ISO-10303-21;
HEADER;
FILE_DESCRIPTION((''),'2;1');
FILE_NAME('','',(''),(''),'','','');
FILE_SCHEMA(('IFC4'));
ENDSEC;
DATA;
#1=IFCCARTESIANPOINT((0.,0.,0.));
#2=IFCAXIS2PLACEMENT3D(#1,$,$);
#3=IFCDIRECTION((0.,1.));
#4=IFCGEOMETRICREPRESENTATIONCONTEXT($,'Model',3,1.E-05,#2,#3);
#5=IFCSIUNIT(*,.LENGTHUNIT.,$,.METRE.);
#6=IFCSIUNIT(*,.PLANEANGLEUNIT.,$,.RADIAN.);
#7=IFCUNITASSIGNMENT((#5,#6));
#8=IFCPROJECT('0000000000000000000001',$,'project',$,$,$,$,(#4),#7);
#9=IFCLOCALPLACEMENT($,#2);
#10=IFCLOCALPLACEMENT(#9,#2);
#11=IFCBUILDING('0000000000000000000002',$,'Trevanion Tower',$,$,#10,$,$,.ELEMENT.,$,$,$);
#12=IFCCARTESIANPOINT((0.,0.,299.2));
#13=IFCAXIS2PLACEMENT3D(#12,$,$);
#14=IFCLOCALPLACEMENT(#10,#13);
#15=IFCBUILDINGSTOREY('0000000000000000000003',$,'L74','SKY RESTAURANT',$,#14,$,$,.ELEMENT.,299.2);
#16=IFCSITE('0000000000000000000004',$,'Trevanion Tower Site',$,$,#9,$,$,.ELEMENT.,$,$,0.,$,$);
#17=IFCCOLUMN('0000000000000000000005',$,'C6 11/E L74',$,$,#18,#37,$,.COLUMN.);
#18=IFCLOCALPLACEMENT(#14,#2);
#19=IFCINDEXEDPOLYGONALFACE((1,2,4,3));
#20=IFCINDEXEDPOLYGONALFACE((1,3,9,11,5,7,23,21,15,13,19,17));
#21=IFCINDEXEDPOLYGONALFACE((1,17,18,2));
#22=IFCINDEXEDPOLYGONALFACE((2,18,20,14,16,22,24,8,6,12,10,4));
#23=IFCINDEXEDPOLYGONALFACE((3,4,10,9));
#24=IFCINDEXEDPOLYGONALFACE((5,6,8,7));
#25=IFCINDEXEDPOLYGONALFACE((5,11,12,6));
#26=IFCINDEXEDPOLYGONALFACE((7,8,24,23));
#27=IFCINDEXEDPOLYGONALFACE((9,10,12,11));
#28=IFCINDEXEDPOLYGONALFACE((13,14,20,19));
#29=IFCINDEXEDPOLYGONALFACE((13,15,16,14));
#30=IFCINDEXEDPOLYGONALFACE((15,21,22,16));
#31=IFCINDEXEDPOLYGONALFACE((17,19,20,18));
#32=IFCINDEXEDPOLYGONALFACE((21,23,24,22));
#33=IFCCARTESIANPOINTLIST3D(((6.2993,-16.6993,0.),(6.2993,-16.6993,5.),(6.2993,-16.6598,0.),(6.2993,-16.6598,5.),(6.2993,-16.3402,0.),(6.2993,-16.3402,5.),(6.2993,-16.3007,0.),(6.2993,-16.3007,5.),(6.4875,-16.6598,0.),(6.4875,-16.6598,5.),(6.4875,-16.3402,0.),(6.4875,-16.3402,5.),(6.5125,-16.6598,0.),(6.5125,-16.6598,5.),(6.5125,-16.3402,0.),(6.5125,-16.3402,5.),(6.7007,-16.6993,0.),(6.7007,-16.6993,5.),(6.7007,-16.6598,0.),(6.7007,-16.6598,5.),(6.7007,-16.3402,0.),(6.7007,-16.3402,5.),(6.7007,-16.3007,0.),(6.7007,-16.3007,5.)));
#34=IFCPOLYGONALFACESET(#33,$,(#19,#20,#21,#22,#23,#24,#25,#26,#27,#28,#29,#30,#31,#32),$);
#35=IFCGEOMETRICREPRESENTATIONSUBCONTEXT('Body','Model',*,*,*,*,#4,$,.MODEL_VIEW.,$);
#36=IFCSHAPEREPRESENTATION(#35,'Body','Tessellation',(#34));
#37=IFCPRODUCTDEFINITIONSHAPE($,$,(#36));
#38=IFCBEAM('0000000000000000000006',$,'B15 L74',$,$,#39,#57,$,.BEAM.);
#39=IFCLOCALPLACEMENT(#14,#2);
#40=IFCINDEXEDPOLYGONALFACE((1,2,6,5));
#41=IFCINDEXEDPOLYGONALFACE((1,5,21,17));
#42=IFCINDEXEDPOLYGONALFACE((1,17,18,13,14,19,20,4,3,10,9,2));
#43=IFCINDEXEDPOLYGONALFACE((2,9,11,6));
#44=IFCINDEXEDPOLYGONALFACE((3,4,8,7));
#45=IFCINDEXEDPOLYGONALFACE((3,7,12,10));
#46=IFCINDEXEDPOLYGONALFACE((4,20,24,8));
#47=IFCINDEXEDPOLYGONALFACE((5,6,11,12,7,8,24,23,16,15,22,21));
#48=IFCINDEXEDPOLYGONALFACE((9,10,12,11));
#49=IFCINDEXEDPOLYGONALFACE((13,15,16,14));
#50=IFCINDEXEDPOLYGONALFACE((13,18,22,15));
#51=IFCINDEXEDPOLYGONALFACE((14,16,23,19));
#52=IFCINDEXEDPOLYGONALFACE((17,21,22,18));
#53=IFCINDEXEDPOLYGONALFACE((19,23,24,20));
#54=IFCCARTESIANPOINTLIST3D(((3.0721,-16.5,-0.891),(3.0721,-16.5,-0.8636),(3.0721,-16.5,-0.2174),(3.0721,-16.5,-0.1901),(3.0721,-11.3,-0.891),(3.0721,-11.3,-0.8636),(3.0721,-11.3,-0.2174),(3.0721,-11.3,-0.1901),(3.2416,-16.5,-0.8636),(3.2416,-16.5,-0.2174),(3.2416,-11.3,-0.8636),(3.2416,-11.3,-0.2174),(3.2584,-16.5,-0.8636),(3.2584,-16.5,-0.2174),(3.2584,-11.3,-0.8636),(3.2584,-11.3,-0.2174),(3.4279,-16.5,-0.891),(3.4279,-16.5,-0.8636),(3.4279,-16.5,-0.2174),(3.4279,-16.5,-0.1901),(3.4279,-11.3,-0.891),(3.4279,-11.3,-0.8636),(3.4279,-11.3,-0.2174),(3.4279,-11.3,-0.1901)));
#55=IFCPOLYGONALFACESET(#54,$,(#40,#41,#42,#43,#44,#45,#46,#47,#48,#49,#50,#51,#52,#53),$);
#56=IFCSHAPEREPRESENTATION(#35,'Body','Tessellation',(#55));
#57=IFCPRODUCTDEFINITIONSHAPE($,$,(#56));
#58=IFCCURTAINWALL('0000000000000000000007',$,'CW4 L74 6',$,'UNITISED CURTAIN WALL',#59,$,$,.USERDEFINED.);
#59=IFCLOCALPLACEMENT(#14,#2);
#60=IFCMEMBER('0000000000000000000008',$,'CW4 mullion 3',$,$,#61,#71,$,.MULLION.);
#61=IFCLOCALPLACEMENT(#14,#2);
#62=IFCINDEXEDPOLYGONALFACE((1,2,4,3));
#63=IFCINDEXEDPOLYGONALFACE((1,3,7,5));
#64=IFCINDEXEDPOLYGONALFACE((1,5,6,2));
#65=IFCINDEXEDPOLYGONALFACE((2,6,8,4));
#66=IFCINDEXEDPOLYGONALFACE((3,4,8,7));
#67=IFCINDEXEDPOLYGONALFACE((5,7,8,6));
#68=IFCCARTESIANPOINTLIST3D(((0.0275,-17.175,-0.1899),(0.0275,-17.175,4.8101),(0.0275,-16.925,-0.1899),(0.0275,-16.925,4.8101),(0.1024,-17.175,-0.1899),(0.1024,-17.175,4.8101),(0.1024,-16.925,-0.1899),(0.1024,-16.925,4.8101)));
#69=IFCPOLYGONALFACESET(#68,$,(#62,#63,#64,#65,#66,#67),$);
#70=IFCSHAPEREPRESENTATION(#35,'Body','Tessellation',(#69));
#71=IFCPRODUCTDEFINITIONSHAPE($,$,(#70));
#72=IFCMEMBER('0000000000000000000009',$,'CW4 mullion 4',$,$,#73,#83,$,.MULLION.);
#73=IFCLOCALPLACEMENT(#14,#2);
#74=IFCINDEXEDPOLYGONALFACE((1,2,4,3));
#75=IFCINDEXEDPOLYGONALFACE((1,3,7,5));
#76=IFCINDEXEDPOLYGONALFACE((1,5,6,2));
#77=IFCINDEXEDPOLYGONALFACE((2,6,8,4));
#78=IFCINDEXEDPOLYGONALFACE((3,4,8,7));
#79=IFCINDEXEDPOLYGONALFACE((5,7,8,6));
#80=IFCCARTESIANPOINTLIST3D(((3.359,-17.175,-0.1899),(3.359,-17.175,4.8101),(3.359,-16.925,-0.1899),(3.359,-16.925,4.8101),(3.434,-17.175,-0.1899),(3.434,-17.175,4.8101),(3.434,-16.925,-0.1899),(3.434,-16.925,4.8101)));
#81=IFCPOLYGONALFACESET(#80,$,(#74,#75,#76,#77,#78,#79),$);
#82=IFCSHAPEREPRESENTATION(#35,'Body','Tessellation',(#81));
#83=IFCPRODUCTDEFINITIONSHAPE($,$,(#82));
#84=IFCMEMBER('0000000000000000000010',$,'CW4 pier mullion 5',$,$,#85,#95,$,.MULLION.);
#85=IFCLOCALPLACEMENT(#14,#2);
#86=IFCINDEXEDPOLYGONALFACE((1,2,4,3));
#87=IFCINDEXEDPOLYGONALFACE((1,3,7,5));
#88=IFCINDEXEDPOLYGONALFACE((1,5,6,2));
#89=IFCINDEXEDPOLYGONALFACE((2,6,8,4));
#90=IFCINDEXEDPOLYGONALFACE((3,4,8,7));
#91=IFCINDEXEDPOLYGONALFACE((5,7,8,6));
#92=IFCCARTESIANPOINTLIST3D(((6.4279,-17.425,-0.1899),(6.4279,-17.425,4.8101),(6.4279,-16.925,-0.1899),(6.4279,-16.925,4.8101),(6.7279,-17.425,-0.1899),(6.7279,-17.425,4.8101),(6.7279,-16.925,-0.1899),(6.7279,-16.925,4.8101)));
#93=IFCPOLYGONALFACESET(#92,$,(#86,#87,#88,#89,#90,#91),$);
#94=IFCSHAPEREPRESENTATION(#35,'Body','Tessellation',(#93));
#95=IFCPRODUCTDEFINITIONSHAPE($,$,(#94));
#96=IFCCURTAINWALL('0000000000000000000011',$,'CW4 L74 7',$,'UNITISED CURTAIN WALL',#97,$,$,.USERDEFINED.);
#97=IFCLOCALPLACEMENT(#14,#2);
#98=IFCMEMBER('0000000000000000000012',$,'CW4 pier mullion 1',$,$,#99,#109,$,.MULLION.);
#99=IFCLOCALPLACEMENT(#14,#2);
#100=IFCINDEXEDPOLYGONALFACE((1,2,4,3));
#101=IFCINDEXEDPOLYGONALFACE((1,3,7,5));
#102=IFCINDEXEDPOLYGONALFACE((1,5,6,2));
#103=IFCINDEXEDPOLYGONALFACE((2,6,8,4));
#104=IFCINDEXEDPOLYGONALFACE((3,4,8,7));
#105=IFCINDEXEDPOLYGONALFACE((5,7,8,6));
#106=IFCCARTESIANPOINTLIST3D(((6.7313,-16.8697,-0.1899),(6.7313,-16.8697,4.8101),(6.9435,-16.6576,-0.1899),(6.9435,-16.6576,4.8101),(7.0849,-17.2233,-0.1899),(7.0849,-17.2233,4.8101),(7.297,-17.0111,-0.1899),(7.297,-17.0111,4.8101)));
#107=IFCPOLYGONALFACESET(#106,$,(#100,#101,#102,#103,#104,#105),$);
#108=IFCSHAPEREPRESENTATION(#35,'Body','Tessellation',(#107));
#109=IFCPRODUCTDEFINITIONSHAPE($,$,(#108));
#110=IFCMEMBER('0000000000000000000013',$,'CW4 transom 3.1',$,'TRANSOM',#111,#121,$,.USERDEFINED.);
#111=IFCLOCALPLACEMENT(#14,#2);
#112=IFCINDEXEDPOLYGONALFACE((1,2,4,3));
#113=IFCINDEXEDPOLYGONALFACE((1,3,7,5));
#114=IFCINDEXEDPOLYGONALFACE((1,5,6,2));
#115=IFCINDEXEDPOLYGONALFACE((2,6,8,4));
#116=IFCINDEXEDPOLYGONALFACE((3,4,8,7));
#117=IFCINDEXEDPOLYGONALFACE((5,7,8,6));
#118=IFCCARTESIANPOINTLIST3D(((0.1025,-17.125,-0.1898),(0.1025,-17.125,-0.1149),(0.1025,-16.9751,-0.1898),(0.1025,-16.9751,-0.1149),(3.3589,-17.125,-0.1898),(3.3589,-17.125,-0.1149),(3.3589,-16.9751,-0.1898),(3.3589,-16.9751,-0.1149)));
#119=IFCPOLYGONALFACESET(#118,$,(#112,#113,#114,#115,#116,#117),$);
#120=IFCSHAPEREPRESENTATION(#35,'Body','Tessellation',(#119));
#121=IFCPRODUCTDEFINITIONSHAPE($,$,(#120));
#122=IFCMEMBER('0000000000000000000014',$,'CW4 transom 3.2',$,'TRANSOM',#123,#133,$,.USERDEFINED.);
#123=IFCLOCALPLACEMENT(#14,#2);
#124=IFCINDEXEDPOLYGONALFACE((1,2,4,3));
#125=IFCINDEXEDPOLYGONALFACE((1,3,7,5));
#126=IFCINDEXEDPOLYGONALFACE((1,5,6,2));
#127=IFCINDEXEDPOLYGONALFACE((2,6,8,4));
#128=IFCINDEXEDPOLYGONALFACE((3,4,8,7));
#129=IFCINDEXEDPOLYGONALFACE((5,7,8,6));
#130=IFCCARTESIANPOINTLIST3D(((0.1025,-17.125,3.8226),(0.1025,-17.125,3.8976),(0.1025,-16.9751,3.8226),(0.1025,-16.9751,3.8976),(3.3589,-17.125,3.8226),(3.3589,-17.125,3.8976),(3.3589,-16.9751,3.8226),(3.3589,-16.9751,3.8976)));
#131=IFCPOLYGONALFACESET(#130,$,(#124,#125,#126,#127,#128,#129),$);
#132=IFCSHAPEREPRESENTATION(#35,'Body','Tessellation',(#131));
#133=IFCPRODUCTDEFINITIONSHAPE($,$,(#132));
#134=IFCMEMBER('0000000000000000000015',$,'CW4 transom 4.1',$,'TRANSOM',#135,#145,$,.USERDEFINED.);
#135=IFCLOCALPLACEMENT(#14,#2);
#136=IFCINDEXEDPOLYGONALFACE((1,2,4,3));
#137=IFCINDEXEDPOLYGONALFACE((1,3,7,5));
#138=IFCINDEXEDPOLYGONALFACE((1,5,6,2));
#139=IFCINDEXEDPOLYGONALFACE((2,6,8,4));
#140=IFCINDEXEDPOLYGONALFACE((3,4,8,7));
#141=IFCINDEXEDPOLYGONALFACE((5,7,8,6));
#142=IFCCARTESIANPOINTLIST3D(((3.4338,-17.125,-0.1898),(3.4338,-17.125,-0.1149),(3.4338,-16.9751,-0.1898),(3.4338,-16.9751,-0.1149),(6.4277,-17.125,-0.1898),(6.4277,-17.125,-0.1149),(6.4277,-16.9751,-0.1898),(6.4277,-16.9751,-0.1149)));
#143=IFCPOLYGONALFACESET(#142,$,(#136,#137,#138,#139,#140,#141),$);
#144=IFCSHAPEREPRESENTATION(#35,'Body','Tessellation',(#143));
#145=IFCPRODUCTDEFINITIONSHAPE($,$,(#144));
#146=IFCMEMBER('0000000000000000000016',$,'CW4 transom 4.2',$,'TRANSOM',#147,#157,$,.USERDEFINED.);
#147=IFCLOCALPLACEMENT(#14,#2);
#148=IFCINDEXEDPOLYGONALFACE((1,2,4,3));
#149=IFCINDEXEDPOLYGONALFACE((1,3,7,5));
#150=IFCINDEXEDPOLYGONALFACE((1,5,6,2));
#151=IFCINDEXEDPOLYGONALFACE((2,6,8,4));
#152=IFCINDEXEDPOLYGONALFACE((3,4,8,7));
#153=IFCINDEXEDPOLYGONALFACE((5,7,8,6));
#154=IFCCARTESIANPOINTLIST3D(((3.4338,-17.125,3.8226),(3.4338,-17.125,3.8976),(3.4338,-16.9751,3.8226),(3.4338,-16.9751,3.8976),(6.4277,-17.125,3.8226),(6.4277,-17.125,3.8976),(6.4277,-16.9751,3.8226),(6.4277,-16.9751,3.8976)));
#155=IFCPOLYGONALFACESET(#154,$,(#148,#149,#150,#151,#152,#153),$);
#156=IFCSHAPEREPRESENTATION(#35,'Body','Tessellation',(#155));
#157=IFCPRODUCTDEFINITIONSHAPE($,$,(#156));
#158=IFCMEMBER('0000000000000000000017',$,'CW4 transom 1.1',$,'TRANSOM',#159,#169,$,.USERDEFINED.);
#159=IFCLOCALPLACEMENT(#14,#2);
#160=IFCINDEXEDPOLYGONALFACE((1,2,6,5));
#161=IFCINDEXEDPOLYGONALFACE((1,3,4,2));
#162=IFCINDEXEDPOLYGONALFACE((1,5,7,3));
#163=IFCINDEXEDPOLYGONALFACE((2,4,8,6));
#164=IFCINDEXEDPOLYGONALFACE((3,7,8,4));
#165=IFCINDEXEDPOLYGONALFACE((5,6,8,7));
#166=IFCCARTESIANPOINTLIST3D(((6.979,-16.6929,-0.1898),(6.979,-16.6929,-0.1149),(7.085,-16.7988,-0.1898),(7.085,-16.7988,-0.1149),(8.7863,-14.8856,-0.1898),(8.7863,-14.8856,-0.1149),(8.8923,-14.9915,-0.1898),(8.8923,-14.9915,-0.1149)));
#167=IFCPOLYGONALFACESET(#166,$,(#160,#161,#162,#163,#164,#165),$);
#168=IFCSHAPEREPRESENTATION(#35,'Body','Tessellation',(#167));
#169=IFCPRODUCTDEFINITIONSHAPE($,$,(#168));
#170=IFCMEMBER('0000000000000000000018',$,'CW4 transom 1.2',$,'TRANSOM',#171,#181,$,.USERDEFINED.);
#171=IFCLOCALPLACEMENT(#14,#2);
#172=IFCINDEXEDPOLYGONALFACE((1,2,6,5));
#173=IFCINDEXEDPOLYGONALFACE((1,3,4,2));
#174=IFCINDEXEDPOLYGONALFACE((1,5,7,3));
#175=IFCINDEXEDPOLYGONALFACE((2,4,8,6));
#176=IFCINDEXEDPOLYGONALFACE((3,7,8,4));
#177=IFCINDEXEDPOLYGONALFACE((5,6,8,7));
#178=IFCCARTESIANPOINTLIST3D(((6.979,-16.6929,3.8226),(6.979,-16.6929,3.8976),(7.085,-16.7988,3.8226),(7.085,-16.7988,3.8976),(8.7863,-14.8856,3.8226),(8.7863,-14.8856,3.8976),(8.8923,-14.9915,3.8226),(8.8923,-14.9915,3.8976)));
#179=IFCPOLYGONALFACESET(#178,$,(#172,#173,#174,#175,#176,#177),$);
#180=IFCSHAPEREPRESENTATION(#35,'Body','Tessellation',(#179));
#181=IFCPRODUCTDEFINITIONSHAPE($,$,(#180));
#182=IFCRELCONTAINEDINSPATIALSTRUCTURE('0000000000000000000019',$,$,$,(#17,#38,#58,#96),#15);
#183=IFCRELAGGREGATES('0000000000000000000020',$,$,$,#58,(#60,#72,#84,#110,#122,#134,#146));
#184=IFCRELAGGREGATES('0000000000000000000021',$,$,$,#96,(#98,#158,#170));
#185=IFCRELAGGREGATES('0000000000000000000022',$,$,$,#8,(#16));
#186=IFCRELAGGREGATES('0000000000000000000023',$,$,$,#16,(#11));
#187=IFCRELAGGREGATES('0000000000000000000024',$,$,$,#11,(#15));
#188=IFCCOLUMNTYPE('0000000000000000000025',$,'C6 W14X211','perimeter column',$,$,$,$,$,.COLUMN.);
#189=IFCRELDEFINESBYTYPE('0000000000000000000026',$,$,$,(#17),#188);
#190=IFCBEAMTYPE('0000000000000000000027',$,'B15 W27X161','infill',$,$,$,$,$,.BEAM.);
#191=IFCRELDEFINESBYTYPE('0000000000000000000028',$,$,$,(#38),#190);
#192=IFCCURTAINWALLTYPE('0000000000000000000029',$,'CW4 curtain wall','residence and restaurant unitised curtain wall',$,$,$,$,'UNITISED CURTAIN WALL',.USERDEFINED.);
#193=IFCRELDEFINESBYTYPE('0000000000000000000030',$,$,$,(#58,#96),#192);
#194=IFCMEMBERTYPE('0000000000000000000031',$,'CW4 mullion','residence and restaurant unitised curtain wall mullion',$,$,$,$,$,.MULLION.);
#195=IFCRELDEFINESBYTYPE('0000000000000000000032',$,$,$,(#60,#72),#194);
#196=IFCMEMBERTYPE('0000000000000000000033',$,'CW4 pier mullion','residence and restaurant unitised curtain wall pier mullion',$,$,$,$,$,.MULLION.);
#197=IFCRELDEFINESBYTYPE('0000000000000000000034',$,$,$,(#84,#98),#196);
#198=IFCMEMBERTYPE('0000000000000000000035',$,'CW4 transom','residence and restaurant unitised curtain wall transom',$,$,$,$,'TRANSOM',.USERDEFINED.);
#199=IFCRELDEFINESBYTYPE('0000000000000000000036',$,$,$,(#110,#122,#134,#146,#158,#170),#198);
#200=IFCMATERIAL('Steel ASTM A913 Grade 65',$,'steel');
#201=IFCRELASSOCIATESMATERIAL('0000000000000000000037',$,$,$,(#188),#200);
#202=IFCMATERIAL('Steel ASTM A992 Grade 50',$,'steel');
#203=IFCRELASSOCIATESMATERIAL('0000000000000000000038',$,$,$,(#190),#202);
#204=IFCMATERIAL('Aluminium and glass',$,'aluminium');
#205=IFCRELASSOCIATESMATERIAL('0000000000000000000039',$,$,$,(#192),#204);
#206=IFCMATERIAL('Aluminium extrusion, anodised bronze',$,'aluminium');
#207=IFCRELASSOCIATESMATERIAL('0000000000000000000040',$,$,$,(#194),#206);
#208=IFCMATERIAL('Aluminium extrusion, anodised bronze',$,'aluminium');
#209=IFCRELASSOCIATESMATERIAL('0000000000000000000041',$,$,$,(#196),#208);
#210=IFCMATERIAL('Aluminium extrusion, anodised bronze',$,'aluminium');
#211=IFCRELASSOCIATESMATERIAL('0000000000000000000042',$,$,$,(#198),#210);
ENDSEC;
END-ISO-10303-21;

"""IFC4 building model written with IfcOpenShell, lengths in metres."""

from ifc_helpers import new_model, si_unit, direction, frame, origin, origin_2d, place, context, subcontext, project, spatial, rectangle, i_section, extrude, material, material_profile, profile_set, type_object, element, aggregate, save


model = new_model("IFC4")

# Units and contexts
model_context = context("Model", 3, precision=1e-05, world=origin(), true_north=direction((0.0, 1.0)))
body_context = subcontext(model_context, "Body", "Model", "MODEL_VIEW")
ifc_project = project(units=[si_unit("LENGTHUNIT", "METRE"), si_unit("PLANEANGLEUNIT", "RADIAN")], contexts=[model_context])

# Site, building, storey
site_placement = place(None, origin())
site = spatial("IfcSite", under=ifc_project, at=site_placement, Name="Trevanion Tower Site", CompositionType="ELEMENT", RefElevation=0.0)
building_placement = place(site_placement, origin())
building = spatial("IfcBuilding", under=site, at=building_placement, Name="Trevanion Tower", CompositionType="ELEMENT")
storey_placement = place(building_placement, frame((0.0, 0.0, 299.2)))
storey = spatial("IfcBuildingStorey", under=building, at=storey_placement, Name="L74", Description="SKY RESTAURANT", CompositionType="ELEMENT", Elevation=299.2)

# Column
ifc_material_1 = material(Name="Steel ASTM A913 Grade 65", Category="steel")
ifc_material_profile_1 = material_profile(ifc_material_1, i_section(OverallWidth=0.4014, OverallDepth=0.3987, WebThickness=0.0249, FlangeThickness=0.0396, at=origin_2d()), Name="W14X211")
ifc_profile_set_1 = profile_set([ifc_material_profile_1], Name="Steel ASTM A913 Grade 65")
column_type = type_object("IfcColumnType", Name="C6 W14X211", Description="perimeter column", PredefinedType="COLUMN", material=ifc_profile_set_1)
column_placement = place(storey_placement, frame((6.5, -16.5, 0.0), z_axis=(0.0, 0.0, 1.0), x_axis=(1.0, 0.0, 0.0)))
element("IfcColumn", 1, at=column_placement, inside=storey, type_object=column_type, Name="C6 11/E L74", PredefinedType="COLUMN", context=body_context, shape_type="SweptSolid", body=[
    extrude(i_section(OverallWidth=0.4014, OverallDepth=0.3987, WebThickness=0.0249, FlangeThickness=0.0396, at=origin_2d()), origin(), (0.0, 0.0, 1.0), 5.0),
])

# Beam
ifc_material_2 = material(Name="Steel ASTM A992 Grade 50", Category="steel")
ifc_material_profile_2 = material_profile(ifc_material_2, i_section(OverallWidth=0.3557, OverallDepth=0.7009, WebThickness=0.0168, FlangeThickness=0.0273, at=origin_2d()), Name="W27X161")
ifc_profile_set_2 = profile_set([ifc_material_profile_2], Name="Steel ASTM A992 Grade 50")
beam_type_1 = type_object("IfcBeamType", Name="B15 W27X161", Description="infill", PredefinedType="BEAM", material=ifc_profile_set_2)
beam_1_placement = place(storey_placement, frame((3.25, -11.3, -0.5405), z_axis=(0.0, -1.0, 0.0), x_axis=(1.0, 0.0, 0.0)))
element("IfcBeam", 2, at=beam_1_placement, inside=storey, type_object=beam_type_1, Name="B15 L74", PredefinedType="BEAM", context=body_context, shape_type="SweptSolid", body=[
    extrude(i_section(OverallWidth=0.3557, OverallDepth=0.7009, WebThickness=0.0168, FlangeThickness=0.0273, at=origin_2d()), origin(), (0.0, 0.0, 1.0), 5.2),
])

# Curtain wall, members
ifc_material_3 = material(Name="Aluminium and glass", Category="aluminium")
curtain_wall_type = type_object("IfcCurtainWallType", Name="CW4 curtain wall", Description="residence and restaurant unitised curtain wall", ElementType="UNITISED CURTAIN WALL", PredefinedType="USERDEFINED", material=ifc_material_3)
curtain_wall_1_placement = place(storey_placement, origin())
curtain_wall_1 = element("IfcCurtainWall", 3, at=curtain_wall_1_placement, inside=storey, type_object=curtain_wall_type, Name="CW4 L74 6", ObjectType="UNITISED CURTAIN WALL", PredefinedType="USERDEFINED")
ifc_material_4 = material(Name="Aluminium extrusion, anodised bronze", Category="aluminium")
ifc_material_profile_3 = material_profile(ifc_material_4, rectangle(XDim=0.075, YDim=0.25, at=origin_2d()), Name="CW4 mullion")
ifc_profile_set_3 = profile_set([ifc_material_profile_3], Name="Aluminium extrusion, anodised bronze")
member_type_1 = type_object("IfcMemberType", Name="CW4 mullion", Description="residence and restaurant unitised curtain wall mullion", PredefinedType="MULLION", material=ifc_profile_set_3)
member_1_placement = place(storey_placement, frame((0.0649, -17.05, -0.1899), z_axis=(0.0, 0.0, 1.0), x_axis=(1.0, 0.0, 0.0)))
member_1 = element("IfcMember", 4, at=member_1_placement, type_object=member_type_1, Name="CW4 mullion 3", PredefinedType="MULLION", context=body_context, shape_type="SweptSolid", body=[
    extrude(rectangle(XDim=0.075, YDim=0.25, at=origin_2d()), origin(), (0.0, 0.0, 1.0), 5.0),
])
member_2_placement = place(storey_placement, frame((3.3965, -17.05, -0.1899), z_axis=(0.0, 0.0, 1.0), x_axis=(1.0, 0.0, 0.0)))
member_2 = element("IfcMember", 5, at=member_2_placement, type_object=member_type_1, Name="CW4 mullion 4", PredefinedType="MULLION", context=body_context, shape_type="SweptSolid", body=[
    extrude(rectangle(XDim=0.075, YDim=0.25, at=origin_2d()), origin(), (0.0, 0.0, 1.0), 5.0),
])
ifc_material_5 = material(Name="Aluminium extrusion, anodised bronze", Category="aluminium")
ifc_material_profile_4 = material_profile(ifc_material_5, rectangle(XDim=0.3, YDim=0.5, at=origin_2d()), Name="CW4 pier mullion")
ifc_profile_set_4 = profile_set([ifc_material_profile_4], Name="Aluminium extrusion, anodised bronze")
member_type_2 = type_object("IfcMemberType", Name="CW4 pier mullion", Description="residence and restaurant unitised curtain wall pier mullion", PredefinedType="MULLION", material=ifc_profile_set_4)
member_3_placement = place(storey_placement, frame((6.5779, -17.175, -0.1899), z_axis=(0.0, 0.0, 1.0), x_axis=(1.0, 0.0, 0.0)))
member_3 = element("IfcMember", 6, at=member_3_placement, type_object=member_type_2, Name="CW4 pier mullion 5", PredefinedType="MULLION", context=body_context, shape_type="SweptSolid", body=[
    extrude(rectangle(XDim=0.3, YDim=0.5, at=origin_2d()), origin(), (0.0, 0.0, 1.0), 5.0),
])

# Curtain wall, member
curtain_wall_2_placement = place(storey_placement, origin())
curtain_wall_2 = element("IfcCurtainWall", 7, at=curtain_wall_2_placement, inside=storey, type_object=curtain_wall_type, Name="CW4 L74 7", ObjectType="UNITISED CURTAIN WALL", PredefinedType="USERDEFINED")
member_4_placement = place(storey_placement, frame((7.0142, -16.9404, -0.1899), z_axis=(0.0, 0.0, 1.0), x_axis=(0.707107, 0.707107, 0.0)))
member_4 = element("IfcMember", 8, at=member_4_placement, type_object=member_type_2, Name="CW4 pier mullion 1", PredefinedType="MULLION", context=body_context, shape_type="SweptSolid", body=[
    extrude(rectangle(XDim=0.3, YDim=0.5, at=origin_2d()), origin(), (0.0, 0.0, 1.0), 5.0),
])

# Members
ifc_material_6 = material(Name="Aluminium extrusion, anodised bronze", Category="aluminium")
ifc_material_profile_5 = material_profile(ifc_material_6, rectangle(XDim=0.1499, YDim=0.075, at=origin_2d()), Name="CW4 transom")
ifc_profile_set_5 = profile_set([ifc_material_profile_5], Name="Aluminium extrusion, anodised bronze")
member_type_3 = type_object("IfcMemberType", Name="CW4 transom", Description="residence and restaurant unitised curtain wall transom", ElementType="TRANSOM", PredefinedType="USERDEFINED", material=ifc_profile_set_5)
member_5_placement = place(storey_placement, frame((0.1025, -17.05, -0.1523), z_axis=(1.0, 0.0, 0.0), x_axis=(0.0, 1.0, 0.0)))
member_5 = element("IfcMember", 9, at=member_5_placement, type_object=member_type_3, Name="CW4 transom 3.1", ObjectType="TRANSOM", PredefinedType="USERDEFINED", context=body_context, shape_type="SweptSolid", body=[
    extrude(rectangle(XDim=0.1499, YDim=0.075, at=origin_2d()), origin(), (0.0, 0.0, 1.0), 3.2563),
])
member_6_placement = place(storey_placement, frame((0.1025, -17.05, 3.8601), z_axis=(1.0, 0.0, 0.0), x_axis=(0.0, 1.0, 0.0)))
member_6 = element("IfcMember", 10, at=member_6_placement, type_object=member_type_3, Name="CW4 transom 3.2", ObjectType="TRANSOM", PredefinedType="USERDEFINED", context=body_context, shape_type="SweptSolid", body=[
    extrude(rectangle(XDim=0.1499, YDim=0.075, at=origin_2d()), origin(), (0.0, 0.0, 1.0), 3.2563),
])
member_7_placement = place(storey_placement, frame((3.4338, -17.05, -0.1523), z_axis=(1.0, 0.0, 0.0), x_axis=(0.0, 1.0, 0.0)))
member_7 = element("IfcMember", 11, at=member_7_placement, type_object=member_type_3, Name="CW4 transom 4.1", ObjectType="TRANSOM", PredefinedType="USERDEFINED", context=body_context, shape_type="SweptSolid", body=[
    extrude(rectangle(XDim=0.1499, YDim=0.075, at=origin_2d()), origin(), (0.0, 0.0, 1.0), 2.9939),
])
member_8_placement = place(storey_placement, frame((3.4338, -17.05, 3.8601), z_axis=(1.0, 0.0, 0.0), x_axis=(0.0, 1.0, 0.0)))
member_8 = element("IfcMember", 12, at=member_8_placement, type_object=member_type_3, Name="CW4 transom 4.2", ObjectType="TRANSOM", PredefinedType="USERDEFINED", context=body_context, shape_type="SweptSolid", body=[
    extrude(rectangle(XDim=0.1499, YDim=0.075, at=origin_2d()), origin(), (0.0, 0.0, 1.0), 2.9939),
])
member_9_placement = place(storey_placement, frame((7.032, -16.7458, -0.1523), z_axis=(0.707107, 0.707107, 0.0), x_axis=(-0.707107, 0.707107, 0.0)))
member_9 = element("IfcMember", 13, at=member_9_placement, type_object=member_type_3, Name="CW4 transom 1.1", ObjectType="TRANSOM", PredefinedType="USERDEFINED", context=body_context, shape_type="SweptSolid", body=[
    extrude(rectangle(XDim=0.1499, YDim=0.075, at=origin_2d()), origin(), (0.0, 0.0, 1.0), 2.5559),
])
member_10_placement = place(storey_placement, frame((7.032, -16.7458, 3.8601), z_axis=(0.707107, 0.707107, 0.0), x_axis=(-0.707107, 0.707107, 0.0)))
member_10 = element("IfcMember", 14, at=member_10_placement, type_object=member_type_3, Name="CW4 transom 1.2", ObjectType="TRANSOM", PredefinedType="USERDEFINED", context=body_context, shape_type="SweptSolid", body=[
    extrude(rectangle(XDim=0.1499, YDim=0.075, at=origin_2d()), origin(), (0.0, 0.0, 1.0), 2.5559),
])

aggregate(curtain_wall_1, [member_1, member_2, member_3, member_5, member_6, member_7, member_8])
aggregate(curtain_wall_2, [member_4, member_9, member_10])

save(model, "model.ifc")
